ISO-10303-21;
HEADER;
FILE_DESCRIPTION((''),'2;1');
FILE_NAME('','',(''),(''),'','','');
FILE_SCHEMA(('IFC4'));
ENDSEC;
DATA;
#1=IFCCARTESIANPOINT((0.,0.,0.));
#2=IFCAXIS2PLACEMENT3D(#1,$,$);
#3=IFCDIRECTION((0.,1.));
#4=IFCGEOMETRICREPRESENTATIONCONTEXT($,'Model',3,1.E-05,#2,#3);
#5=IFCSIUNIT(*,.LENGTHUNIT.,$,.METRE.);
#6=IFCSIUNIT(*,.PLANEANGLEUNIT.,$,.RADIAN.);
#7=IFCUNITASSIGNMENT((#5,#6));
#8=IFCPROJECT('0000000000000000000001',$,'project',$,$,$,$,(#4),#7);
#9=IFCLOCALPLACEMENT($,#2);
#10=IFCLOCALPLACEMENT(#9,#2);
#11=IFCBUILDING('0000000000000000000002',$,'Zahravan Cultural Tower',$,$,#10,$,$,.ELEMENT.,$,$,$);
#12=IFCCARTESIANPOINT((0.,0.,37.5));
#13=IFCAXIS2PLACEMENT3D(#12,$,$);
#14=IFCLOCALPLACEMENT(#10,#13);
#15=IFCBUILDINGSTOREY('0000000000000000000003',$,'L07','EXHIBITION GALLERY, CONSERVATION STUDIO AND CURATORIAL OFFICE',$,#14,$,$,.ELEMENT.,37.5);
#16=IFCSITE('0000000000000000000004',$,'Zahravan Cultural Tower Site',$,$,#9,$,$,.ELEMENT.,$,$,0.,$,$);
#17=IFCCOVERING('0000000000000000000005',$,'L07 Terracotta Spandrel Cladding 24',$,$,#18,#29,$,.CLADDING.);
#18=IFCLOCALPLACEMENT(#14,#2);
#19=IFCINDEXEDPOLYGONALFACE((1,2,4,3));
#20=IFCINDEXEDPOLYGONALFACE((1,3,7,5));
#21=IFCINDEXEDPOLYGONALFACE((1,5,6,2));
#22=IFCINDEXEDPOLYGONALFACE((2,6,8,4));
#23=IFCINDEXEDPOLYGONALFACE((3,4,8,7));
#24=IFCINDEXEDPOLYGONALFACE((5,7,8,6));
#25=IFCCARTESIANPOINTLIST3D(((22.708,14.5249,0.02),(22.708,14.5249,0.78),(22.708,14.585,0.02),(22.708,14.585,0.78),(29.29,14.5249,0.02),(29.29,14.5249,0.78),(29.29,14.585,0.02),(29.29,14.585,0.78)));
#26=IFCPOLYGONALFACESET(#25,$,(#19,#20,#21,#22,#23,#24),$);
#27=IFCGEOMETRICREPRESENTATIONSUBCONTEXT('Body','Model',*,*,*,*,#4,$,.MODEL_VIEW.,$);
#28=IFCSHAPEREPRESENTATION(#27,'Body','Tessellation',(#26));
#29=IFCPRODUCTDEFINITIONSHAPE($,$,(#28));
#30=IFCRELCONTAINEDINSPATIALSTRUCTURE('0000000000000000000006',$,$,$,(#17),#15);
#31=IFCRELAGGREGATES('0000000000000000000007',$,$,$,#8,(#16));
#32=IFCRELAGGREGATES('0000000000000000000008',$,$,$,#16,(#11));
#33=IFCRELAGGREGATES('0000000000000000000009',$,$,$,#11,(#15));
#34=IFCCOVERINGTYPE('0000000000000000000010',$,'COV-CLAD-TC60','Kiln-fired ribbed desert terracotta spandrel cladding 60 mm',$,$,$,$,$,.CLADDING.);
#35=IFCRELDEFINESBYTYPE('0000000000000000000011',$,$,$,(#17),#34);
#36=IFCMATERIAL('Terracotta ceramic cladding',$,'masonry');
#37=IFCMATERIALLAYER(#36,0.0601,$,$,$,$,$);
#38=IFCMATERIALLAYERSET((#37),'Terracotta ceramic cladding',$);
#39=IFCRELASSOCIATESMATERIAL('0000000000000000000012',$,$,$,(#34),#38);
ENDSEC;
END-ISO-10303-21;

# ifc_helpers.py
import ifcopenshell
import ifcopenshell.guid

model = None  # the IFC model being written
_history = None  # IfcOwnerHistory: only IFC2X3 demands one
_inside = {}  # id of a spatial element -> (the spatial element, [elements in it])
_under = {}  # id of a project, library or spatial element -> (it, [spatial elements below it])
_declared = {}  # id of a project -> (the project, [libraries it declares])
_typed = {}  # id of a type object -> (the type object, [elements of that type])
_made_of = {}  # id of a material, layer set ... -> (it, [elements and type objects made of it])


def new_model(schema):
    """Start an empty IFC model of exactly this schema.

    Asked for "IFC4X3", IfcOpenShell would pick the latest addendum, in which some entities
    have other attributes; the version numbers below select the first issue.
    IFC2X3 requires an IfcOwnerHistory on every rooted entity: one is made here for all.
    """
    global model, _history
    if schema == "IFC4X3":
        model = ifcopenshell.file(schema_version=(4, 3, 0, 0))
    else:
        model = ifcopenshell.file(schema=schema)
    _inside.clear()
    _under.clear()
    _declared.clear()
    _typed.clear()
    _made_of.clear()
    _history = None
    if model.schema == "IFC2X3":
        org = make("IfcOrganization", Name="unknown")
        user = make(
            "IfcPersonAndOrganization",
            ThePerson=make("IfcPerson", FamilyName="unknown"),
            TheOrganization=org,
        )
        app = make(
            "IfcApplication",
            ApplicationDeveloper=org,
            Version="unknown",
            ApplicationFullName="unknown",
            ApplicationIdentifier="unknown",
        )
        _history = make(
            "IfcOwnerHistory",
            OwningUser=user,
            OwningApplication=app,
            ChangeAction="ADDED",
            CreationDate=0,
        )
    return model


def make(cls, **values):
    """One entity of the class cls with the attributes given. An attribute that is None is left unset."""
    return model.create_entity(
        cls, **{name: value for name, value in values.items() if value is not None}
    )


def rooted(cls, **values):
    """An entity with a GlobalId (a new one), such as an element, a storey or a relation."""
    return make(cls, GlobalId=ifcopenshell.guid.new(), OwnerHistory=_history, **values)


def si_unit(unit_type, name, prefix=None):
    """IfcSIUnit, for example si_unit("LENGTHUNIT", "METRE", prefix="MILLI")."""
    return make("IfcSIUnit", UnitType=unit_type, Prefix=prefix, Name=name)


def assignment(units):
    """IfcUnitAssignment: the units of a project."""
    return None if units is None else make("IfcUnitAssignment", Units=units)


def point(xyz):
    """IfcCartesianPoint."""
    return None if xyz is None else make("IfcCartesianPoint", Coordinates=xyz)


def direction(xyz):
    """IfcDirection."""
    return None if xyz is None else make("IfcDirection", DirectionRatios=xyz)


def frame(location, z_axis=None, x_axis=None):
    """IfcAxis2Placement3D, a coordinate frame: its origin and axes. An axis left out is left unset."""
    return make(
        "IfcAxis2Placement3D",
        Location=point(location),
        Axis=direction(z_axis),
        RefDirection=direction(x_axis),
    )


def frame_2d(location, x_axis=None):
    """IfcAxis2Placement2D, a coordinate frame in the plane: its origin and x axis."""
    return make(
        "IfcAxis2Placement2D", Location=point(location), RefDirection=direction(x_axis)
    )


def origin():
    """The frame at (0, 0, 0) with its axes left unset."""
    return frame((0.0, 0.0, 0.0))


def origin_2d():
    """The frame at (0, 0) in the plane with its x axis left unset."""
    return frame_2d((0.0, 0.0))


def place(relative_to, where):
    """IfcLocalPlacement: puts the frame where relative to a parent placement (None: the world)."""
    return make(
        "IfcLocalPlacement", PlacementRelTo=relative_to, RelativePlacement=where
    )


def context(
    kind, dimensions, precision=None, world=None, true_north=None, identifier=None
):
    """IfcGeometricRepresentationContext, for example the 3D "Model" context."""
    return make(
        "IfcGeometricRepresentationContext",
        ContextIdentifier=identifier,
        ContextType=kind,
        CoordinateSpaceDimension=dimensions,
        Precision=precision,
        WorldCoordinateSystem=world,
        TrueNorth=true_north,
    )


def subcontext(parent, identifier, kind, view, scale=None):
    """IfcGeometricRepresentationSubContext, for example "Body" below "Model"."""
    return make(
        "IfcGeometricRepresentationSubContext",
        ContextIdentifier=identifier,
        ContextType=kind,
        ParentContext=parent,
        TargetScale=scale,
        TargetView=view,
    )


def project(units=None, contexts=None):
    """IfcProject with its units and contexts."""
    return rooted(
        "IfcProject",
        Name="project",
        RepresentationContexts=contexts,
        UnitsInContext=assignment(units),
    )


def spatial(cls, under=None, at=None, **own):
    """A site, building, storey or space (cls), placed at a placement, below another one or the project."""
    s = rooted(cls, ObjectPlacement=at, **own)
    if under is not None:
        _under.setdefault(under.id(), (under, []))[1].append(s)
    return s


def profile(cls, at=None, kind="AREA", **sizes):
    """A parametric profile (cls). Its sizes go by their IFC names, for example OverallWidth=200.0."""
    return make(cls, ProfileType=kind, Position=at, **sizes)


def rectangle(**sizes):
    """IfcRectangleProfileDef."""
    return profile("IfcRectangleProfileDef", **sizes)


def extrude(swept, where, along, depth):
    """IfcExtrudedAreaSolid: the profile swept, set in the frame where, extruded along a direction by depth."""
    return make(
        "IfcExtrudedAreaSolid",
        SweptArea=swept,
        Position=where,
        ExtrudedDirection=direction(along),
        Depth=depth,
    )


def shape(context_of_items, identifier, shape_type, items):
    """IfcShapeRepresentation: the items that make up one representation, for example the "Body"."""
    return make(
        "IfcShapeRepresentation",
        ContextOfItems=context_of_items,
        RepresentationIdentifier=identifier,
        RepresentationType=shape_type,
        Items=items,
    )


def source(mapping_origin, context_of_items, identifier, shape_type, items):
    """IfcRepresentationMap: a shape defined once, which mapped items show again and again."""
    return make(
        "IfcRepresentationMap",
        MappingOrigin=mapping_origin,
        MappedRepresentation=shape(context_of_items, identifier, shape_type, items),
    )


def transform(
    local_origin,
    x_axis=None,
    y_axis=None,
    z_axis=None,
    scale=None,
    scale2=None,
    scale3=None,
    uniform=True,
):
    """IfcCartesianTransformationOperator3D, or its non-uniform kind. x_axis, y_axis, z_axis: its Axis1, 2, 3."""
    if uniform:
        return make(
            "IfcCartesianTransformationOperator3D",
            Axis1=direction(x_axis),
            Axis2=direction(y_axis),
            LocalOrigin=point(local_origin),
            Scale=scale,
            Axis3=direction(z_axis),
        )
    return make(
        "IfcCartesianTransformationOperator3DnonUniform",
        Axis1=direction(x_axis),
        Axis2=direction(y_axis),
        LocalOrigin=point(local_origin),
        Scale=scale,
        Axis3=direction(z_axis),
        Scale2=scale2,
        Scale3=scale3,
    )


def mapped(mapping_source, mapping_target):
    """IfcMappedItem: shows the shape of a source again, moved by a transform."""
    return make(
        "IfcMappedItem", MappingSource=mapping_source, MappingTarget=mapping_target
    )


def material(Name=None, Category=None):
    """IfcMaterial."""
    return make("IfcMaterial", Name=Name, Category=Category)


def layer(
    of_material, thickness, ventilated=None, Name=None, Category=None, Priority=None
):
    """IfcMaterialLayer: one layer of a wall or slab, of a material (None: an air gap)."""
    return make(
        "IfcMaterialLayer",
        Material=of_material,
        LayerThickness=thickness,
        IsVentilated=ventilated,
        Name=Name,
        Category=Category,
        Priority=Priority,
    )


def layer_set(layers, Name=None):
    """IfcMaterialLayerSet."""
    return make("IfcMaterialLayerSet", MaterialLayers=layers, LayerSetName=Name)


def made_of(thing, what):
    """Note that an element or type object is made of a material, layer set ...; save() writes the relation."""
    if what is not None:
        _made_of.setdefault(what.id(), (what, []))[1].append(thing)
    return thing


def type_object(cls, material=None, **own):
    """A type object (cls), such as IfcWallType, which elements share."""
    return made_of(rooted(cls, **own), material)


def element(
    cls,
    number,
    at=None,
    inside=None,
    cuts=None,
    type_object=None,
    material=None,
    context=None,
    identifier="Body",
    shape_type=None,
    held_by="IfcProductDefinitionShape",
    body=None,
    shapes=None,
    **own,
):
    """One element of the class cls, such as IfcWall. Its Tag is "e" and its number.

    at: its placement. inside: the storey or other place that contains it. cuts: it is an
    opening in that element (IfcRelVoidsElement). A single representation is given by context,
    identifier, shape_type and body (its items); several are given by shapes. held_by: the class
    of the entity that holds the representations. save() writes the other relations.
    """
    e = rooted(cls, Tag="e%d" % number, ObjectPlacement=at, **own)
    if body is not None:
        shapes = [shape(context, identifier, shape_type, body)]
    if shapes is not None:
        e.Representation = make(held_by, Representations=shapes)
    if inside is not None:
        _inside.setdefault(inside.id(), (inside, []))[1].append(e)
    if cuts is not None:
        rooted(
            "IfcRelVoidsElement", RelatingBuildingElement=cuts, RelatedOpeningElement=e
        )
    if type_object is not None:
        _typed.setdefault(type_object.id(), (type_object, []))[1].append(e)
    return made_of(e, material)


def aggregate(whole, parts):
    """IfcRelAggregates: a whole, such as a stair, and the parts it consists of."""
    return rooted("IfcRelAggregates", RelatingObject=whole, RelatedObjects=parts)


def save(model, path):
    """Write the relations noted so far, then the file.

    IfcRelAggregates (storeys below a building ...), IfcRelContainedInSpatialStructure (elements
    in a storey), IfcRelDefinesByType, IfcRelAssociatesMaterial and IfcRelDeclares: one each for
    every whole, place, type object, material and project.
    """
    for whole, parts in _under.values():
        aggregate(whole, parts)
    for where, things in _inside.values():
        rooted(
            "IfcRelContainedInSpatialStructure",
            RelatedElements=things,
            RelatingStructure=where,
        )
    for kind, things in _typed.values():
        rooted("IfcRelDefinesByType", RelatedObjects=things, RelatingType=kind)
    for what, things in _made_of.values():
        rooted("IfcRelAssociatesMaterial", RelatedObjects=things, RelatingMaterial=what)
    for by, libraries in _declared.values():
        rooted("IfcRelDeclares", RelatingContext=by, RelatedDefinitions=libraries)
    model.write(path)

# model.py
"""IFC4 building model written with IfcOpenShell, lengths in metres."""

from ifc_helpers import new_model, si_unit, direction, frame, origin, origin_2d, place, context, subcontext, project, spatial, rectangle, extrude, source, transform, mapped, material, layer, layer_set, type_object, element, save


model = new_model("IFC4")

# Units and contexts
model_context = context("Model", 3, precision=1e-05, world=origin(), true_north=direction((0.0, 1.0)))
body_context = subcontext(model_context, "Body", "Model", "MODEL_VIEW")
ifc_project = project(units=[si_unit("LENGTHUNIT", "METRE"), si_unit("PLANEANGLEUNIT", "RADIAN")], contexts=[model_context])

# Site, building, storey
site_placement = place(None, origin())
site = spatial("IfcSite", under=ifc_project, at=site_placement, Name="Zahravan Cultural Tower Site", CompositionType="ELEMENT", RefElevation=0.0)
building_placement = place(site_placement, origin())
building = spatial("IfcBuilding", under=site, at=building_placement, Name="Zahravan Cultural Tower", CompositionType="ELEMENT")
storey_placement = place(building_placement, frame((0.0, 0.0, 37.5)))
storey = spatial("IfcBuildingStorey", under=building, at=storey_placement, Name="L07", Description="EXHIBITION GALLERY, CONSERVATION STUDIO AND CURATORIAL OFFICE", CompositionType="ELEMENT", Elevation=37.5)

# Covering
ifc_material_1 = material(Name="Terracotta ceramic cladding", Category="masonry")
ifc_layer_1 = layer(ifc_material_1, 0.0601)
ifc_layer_set_1 = layer_set([ifc_layer_1], Name="Terracotta ceramic cladding")
covering_type = type_object("IfcCoveringType", Name="COV-CLAD-TC60", Description="Kiln-fired ribbed desert terracotta spandrel cladding 60 mm", PredefinedType="CLADDING", material=ifc_layer_set_1)
shared_shape_1 = source(origin(), body_context, "Body", "SweptSolid", [
    extrude(rectangle(XDim=6.582, YDim=0.0601, at=origin_2d()), origin(), (0.0, 0.0, 1.0), 0.76),
])
covering_placement = place(storey_placement, frame((25.999, 14.5549, 0.02), z_axis=(0.0, 0.0, 1.0), x_axis=(-1.0, 0.0, 0.0)))
element("IfcCovering", 1, at=covering_placement, inside=storey, type_object=covering_type, Name="L07 Terracotta Spandrel Cladding 24", PredefinedType="CLADDING", context=body_context, shape_type="MappedRepresentation", body=[
    mapped(shared_shape_1, transform((0.0, 0.0, 0.0), x_axis=(1.0, 0.0, 0.0), y_axis=(0.0, 1.0, 0.0), z_axis=(0.0, 0.0, 1.0), scale=1.0)),
])

save(model, "model.ifc")
